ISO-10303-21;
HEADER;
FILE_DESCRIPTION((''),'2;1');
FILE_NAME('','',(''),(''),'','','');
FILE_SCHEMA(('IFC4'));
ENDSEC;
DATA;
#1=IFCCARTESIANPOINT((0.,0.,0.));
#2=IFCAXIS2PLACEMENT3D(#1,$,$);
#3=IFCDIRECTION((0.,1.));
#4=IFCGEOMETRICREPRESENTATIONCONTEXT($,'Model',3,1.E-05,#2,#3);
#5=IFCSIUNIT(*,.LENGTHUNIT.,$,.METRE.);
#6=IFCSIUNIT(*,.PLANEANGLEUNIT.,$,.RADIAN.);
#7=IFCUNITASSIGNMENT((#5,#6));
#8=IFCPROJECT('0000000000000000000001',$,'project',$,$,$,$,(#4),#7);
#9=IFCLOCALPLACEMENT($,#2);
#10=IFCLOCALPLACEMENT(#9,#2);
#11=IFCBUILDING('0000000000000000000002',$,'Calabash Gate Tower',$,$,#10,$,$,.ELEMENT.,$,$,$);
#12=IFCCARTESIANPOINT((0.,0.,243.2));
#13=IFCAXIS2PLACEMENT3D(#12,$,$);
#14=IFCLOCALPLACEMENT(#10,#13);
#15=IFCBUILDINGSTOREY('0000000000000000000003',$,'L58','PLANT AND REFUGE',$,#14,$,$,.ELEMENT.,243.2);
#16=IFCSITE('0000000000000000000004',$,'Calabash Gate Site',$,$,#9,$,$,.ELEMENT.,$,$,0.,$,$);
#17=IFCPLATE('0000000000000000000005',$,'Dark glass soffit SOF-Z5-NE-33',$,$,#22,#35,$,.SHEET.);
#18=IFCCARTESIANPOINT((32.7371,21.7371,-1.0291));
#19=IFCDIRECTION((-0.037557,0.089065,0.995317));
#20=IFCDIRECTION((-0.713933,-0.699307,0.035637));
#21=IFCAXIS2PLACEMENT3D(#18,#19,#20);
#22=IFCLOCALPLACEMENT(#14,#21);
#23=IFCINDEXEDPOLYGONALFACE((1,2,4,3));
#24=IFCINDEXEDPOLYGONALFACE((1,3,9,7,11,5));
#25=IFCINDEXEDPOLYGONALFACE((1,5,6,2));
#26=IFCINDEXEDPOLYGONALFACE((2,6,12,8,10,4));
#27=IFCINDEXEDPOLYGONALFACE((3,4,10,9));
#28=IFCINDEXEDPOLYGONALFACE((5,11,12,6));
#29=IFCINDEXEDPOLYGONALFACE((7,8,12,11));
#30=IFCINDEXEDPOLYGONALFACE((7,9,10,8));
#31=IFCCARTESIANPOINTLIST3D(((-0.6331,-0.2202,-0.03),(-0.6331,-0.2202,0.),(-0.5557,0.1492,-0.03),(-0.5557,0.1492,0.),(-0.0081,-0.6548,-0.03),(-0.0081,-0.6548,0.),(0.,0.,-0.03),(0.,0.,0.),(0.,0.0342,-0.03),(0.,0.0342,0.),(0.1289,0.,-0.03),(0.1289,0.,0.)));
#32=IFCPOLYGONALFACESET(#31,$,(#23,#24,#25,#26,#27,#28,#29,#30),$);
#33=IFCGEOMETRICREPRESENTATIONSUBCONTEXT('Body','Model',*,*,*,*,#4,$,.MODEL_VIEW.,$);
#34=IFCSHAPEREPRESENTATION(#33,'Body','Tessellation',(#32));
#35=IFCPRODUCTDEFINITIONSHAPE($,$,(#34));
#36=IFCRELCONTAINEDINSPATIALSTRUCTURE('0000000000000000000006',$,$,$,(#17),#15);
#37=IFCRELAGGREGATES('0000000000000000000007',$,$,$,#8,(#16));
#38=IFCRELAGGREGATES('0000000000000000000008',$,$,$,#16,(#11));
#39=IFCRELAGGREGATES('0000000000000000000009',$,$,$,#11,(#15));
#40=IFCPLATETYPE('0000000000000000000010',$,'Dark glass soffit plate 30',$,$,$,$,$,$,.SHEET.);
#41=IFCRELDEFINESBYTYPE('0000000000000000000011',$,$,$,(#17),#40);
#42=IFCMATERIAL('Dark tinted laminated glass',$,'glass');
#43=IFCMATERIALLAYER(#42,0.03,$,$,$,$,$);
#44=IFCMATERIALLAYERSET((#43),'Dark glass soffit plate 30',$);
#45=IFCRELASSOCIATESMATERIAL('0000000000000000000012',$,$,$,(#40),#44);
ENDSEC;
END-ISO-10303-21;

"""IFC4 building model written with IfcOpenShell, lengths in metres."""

from ifc_helpers import new_model, si_unit, direction, frame, origin, place, context, subcontext, project, spatial, polyline, outline, extrude, material, layer, layer_set, type_object, element, save


model = new_model("IFC4")

# Units and contexts
model_context = context("Model", 3, precision=1e-05, world=origin(), true_north=direction((0.0, 1.0)))
body_context = subcontext(model_context, "Body", "Model", "MODEL_VIEW")
ifc_project = project(units=[si_unit("LENGTHUNIT", "METRE"), si_unit("PLANEANGLEUNIT", "RADIAN")], contexts=[model_context])

# Site, building, storey
site_placement = place(None, origin())
site = spatial("IfcSite", under=ifc_project, at=site_placement, Name="Calabash Gate Site", CompositionType="ELEMENT", RefElevation=0.0)
building_placement = place(site_placement, origin())
building = spatial("IfcBuilding", under=site, at=building_placement, Name="Calabash Gate Tower", CompositionType="ELEMENT")
storey_placement = place(building_placement, frame((0.0, 0.0, 243.2)))
storey = spatial("IfcBuildingStorey", under=building, at=storey_placement, Name="L58", Description="PLANT AND REFUGE", CompositionType="ELEMENT", Elevation=243.2)

# Plate
ifc_material_1 = material(Name="Dark tinted laminated glass", Category="glass")
ifc_layer = layer(ifc_material_1, 0.03)
ifc_layer_set = layer_set([ifc_layer], Name="Dark glass soffit plate 30")
plate_type = type_object("IfcPlateType", Name="Dark glass soffit plate 30", PredefinedType="SHEET", material=ifc_layer_set)
plate_1_placement = place(storey_placement, frame((32.7371, 21.7371, -1.0291), z_axis=(-0.037557, 0.089065, 0.995317), x_axis=(-0.713933, -0.699307, 0.035637)))
element("IfcPlate", 1, at=plate_1_placement, inside=storey, type_object=plate_type, Name="Dark glass soffit SOF-Z5-NE-33", PredefinedType="SHEET", context=body_context, shape_type="SweptSolid", body=[
    extrude(outline(polyline([(0.0, 0.0), (0.1289, 0.0), (-0.0081, -0.6548), (-0.6331, -0.2202), (-0.5557, 0.1492), (0.0, 0.0342), (0.0, 0.0)])), origin(), (0.0, 0.0, -1.0), 0.03),
])

save(model, "model.ifc")
